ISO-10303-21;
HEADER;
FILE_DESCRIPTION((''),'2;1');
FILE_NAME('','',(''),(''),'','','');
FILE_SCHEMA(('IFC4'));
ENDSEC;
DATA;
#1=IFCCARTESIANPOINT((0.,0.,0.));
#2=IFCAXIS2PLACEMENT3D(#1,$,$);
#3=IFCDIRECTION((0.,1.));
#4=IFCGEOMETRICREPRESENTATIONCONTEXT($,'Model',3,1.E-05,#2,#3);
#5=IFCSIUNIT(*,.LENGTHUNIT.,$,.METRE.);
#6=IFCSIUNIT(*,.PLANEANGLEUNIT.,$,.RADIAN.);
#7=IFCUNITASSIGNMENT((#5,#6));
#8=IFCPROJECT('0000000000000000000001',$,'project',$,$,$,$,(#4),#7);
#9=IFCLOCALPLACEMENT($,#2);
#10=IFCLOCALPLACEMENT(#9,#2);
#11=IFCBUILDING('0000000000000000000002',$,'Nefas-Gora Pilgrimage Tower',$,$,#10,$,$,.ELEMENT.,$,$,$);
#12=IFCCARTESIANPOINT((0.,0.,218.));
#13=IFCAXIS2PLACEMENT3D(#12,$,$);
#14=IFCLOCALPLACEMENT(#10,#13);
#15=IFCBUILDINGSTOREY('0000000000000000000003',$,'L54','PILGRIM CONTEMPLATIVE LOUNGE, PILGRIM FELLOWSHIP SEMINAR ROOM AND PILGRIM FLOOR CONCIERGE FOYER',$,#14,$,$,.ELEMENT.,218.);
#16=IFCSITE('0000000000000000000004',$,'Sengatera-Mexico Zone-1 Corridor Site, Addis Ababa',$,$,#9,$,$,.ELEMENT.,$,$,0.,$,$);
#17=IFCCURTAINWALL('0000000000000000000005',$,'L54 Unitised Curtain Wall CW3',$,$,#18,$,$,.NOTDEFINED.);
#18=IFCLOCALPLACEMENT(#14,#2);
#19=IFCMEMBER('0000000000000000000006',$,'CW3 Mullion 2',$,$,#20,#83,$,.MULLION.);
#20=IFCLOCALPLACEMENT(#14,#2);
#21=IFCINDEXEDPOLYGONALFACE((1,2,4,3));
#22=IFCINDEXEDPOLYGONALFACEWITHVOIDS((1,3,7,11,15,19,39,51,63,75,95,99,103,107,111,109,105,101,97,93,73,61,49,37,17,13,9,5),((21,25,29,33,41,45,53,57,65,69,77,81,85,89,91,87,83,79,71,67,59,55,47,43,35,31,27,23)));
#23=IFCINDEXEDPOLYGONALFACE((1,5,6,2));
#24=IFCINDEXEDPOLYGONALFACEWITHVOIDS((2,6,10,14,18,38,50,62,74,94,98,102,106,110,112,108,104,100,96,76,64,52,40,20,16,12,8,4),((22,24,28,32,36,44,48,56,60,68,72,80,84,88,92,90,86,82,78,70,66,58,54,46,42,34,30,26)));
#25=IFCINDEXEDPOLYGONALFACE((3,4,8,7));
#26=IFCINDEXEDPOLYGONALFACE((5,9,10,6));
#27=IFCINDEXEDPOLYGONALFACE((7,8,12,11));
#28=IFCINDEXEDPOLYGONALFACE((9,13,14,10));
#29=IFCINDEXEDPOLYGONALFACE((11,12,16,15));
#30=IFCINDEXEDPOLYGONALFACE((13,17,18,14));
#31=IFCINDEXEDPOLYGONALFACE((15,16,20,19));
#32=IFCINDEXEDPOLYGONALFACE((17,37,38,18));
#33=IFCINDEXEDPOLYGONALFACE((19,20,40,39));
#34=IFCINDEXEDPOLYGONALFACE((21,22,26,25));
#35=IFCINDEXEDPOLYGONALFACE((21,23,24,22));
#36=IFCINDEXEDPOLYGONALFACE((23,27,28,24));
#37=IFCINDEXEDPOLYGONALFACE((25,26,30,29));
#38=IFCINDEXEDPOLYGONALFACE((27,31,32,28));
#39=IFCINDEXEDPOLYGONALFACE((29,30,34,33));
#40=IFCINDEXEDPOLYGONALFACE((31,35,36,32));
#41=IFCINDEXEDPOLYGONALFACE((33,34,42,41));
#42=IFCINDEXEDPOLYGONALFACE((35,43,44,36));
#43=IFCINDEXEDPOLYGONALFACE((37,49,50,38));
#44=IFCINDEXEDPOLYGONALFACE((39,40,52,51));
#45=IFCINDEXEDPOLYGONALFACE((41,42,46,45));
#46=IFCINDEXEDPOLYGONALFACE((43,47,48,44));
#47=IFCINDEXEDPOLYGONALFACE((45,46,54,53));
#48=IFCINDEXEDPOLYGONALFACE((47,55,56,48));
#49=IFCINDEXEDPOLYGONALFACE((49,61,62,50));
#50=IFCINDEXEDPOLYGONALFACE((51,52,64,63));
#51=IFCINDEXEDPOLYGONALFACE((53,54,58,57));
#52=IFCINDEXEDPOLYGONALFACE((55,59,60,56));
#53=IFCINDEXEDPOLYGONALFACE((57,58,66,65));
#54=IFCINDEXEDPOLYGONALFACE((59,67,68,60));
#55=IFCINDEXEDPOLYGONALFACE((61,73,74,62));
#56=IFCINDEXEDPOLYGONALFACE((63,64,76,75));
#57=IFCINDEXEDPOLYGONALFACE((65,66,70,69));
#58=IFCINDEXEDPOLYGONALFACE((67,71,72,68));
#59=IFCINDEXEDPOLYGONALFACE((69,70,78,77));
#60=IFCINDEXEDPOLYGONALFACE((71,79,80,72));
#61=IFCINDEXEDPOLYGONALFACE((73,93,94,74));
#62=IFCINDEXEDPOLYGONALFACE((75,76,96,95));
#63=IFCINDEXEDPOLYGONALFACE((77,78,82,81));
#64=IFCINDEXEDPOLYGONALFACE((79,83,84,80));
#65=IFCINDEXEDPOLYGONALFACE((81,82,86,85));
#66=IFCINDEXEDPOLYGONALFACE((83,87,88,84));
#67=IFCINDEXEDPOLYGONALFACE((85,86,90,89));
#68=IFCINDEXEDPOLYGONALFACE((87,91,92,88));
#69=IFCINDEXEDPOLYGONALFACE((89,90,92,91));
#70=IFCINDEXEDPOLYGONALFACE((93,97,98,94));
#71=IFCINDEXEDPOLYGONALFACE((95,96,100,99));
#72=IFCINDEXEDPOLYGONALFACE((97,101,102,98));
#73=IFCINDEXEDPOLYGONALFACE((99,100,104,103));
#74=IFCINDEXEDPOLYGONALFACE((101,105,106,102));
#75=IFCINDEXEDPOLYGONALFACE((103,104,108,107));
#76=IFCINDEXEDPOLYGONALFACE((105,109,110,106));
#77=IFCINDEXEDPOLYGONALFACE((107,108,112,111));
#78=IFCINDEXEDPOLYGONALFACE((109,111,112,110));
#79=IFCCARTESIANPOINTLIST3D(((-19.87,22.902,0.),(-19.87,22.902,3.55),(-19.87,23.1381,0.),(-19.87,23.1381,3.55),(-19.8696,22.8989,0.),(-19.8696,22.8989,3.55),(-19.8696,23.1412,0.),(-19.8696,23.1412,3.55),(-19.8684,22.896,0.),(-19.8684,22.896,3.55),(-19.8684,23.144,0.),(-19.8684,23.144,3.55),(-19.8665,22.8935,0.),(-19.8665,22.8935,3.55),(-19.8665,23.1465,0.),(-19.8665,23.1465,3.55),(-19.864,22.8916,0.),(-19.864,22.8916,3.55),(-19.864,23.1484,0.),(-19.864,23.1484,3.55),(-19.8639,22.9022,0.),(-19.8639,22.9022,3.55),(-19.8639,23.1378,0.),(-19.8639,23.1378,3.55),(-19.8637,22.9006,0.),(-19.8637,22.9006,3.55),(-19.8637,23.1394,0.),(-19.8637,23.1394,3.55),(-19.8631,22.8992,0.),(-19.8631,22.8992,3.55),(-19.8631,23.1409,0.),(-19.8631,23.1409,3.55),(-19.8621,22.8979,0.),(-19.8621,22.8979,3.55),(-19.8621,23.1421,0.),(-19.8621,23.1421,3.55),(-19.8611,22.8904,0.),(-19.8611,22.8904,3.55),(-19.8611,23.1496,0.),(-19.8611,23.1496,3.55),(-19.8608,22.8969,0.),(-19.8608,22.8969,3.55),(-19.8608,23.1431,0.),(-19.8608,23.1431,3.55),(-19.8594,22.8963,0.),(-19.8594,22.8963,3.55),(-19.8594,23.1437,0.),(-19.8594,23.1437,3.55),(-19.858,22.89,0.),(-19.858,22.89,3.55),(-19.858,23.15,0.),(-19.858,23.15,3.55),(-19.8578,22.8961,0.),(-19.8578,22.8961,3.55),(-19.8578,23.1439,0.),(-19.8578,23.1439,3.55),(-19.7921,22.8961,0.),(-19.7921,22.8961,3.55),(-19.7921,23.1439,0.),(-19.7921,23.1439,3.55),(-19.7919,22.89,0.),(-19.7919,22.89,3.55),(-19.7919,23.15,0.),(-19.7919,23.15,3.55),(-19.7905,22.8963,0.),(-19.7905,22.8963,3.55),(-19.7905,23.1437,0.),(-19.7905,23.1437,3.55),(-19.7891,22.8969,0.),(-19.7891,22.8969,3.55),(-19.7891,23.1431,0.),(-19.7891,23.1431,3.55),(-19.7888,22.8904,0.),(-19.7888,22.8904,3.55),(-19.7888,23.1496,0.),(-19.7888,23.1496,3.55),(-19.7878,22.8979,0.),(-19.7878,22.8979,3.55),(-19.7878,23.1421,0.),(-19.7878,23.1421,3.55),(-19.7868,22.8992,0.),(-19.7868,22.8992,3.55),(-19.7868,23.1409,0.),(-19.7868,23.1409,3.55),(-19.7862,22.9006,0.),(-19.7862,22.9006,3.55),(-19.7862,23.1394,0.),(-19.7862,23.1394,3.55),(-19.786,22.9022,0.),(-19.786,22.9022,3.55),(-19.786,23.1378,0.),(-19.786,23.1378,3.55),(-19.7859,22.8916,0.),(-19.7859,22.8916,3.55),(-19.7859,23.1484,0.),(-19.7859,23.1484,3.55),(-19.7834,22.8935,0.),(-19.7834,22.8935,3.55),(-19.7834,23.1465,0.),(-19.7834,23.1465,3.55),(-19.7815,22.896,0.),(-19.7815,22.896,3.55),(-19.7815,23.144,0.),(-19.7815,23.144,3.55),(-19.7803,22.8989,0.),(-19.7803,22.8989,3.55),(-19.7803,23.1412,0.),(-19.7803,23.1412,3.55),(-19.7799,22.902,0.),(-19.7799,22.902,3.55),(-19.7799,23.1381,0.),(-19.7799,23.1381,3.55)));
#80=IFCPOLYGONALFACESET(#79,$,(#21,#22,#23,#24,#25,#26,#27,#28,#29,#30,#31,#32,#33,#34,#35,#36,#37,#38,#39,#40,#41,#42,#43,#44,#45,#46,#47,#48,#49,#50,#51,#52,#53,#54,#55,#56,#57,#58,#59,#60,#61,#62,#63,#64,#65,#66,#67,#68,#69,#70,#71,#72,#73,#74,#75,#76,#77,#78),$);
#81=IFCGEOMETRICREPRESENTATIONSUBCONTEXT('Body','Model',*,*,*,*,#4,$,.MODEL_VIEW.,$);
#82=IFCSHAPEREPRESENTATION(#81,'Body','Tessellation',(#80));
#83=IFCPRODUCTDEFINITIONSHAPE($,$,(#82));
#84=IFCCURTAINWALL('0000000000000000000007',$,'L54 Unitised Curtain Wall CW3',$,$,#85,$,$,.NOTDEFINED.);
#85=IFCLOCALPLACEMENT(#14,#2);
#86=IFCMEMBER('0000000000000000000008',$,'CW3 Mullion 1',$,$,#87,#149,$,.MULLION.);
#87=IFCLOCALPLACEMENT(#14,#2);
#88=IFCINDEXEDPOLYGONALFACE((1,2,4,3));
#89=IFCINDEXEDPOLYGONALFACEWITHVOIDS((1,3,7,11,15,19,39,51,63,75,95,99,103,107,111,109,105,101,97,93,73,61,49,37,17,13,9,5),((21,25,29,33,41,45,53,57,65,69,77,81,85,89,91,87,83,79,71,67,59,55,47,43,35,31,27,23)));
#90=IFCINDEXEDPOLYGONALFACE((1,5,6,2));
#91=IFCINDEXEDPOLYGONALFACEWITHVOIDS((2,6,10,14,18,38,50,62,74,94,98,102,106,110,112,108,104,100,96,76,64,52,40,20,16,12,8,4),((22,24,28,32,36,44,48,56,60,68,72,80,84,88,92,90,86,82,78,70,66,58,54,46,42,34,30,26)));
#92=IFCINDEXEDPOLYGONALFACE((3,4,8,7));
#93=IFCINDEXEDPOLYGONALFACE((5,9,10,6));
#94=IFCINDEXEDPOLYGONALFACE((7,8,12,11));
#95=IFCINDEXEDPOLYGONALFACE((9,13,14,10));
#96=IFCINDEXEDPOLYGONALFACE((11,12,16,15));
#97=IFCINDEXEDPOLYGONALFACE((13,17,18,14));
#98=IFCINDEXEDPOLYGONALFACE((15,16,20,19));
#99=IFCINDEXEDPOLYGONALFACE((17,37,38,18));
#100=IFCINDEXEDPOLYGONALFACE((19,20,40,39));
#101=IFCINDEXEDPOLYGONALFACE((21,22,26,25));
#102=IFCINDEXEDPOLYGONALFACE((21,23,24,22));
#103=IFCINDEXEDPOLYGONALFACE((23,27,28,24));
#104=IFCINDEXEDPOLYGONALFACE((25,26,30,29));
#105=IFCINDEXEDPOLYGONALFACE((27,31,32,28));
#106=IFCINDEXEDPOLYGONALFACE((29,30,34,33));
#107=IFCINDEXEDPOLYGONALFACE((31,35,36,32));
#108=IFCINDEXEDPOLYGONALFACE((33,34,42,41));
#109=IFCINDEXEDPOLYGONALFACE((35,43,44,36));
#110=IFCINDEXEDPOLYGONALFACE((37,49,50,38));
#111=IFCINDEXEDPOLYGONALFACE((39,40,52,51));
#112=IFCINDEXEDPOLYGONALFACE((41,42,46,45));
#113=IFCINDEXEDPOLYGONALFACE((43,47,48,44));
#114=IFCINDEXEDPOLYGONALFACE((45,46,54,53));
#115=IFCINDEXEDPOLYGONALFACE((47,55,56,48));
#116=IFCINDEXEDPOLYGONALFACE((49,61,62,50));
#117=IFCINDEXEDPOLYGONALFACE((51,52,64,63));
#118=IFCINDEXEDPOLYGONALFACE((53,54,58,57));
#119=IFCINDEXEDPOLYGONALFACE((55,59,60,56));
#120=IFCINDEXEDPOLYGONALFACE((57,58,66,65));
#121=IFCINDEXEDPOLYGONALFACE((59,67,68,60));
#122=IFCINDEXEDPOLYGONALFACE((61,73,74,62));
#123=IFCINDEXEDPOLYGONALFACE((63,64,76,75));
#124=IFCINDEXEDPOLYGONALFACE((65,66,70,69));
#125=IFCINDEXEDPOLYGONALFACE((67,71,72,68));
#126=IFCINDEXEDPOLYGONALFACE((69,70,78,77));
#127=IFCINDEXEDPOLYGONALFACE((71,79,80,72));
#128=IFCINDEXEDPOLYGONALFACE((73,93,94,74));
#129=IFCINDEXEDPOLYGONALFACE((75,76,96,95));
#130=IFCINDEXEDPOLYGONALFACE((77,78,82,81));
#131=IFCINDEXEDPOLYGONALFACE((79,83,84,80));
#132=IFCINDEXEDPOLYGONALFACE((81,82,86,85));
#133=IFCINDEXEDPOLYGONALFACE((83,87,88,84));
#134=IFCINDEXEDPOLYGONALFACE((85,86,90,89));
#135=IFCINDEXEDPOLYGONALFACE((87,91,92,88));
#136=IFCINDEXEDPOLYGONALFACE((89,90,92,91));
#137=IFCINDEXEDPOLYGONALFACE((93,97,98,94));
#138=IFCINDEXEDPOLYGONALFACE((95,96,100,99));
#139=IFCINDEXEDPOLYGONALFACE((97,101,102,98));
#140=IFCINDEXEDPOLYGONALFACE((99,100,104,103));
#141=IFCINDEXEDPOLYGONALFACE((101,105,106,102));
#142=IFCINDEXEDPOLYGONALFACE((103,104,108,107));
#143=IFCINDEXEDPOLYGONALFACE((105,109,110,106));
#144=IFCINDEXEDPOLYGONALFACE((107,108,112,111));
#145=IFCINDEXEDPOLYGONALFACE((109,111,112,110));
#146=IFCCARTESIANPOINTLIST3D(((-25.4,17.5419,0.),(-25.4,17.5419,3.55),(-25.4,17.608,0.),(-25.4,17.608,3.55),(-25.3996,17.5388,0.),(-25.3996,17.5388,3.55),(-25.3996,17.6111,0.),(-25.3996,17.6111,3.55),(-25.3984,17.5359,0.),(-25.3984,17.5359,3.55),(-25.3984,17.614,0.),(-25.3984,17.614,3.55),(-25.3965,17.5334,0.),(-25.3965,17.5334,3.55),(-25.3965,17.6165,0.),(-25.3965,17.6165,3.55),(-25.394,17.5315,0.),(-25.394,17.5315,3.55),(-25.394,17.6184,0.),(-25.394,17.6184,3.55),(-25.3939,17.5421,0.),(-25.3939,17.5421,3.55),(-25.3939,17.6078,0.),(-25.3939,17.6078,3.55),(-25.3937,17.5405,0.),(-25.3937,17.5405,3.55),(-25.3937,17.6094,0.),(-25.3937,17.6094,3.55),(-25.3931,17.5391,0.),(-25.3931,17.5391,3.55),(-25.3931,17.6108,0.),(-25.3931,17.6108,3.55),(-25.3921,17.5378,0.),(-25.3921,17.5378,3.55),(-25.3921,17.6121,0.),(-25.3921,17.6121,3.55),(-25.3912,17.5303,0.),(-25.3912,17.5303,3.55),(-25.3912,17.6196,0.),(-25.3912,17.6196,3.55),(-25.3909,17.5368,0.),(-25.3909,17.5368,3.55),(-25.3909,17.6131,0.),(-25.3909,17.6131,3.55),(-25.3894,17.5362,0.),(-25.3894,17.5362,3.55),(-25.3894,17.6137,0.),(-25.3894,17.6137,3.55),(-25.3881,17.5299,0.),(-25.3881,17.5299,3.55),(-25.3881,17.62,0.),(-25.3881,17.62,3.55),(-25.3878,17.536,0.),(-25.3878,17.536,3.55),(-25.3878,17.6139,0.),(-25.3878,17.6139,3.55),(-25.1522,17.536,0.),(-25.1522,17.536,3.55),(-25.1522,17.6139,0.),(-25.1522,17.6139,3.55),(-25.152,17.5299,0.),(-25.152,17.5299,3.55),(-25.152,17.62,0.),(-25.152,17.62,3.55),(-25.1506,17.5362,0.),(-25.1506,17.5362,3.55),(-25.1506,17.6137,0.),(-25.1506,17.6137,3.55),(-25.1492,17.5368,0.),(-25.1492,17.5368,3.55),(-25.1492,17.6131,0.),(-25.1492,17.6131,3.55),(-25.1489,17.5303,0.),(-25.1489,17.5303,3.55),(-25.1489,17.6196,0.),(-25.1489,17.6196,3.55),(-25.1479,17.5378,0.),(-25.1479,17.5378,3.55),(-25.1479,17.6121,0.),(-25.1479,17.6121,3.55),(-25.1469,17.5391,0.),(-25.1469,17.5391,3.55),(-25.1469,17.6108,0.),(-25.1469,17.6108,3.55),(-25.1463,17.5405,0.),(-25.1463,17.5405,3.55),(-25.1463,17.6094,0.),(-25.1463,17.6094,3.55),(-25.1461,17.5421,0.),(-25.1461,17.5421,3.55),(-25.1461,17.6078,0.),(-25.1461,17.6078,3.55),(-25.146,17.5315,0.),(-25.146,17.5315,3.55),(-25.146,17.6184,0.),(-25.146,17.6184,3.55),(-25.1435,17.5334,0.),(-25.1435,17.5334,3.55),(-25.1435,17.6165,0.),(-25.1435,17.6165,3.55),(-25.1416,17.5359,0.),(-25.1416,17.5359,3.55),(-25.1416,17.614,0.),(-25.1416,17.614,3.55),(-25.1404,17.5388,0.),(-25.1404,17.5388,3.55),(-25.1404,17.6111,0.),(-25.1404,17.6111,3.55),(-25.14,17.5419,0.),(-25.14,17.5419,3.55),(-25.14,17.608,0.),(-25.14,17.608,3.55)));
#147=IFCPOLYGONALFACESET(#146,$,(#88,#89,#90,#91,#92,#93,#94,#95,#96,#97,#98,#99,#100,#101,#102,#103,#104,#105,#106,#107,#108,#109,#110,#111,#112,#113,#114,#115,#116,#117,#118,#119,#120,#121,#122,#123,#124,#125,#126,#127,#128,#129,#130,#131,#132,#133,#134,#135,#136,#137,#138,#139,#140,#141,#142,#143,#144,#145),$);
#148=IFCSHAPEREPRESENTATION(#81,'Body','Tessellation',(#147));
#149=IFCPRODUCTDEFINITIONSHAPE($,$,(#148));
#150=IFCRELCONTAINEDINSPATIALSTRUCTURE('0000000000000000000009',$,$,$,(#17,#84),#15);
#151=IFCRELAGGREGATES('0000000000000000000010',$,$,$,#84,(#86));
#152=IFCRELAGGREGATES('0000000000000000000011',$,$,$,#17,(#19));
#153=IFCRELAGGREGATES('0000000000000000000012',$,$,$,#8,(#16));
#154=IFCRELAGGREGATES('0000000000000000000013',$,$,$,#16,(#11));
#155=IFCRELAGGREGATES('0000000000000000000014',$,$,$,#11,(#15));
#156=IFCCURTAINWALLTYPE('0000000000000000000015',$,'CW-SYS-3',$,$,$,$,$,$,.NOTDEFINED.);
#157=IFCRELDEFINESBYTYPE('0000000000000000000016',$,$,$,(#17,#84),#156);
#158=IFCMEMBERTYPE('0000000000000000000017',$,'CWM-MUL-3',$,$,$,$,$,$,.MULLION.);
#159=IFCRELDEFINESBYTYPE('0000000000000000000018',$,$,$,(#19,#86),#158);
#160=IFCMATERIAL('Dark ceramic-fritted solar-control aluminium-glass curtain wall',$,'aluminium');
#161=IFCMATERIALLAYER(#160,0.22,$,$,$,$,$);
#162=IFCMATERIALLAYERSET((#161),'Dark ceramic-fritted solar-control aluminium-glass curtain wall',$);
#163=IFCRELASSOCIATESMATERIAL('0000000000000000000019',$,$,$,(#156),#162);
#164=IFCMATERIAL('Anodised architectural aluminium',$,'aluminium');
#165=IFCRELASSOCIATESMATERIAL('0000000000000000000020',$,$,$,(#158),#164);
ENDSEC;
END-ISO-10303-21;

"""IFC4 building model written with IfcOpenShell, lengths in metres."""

from ifc_helpers import new_model, si_unit, direction, frame, origin, origin_2d, place, context, subcontext, project, spatial, hollow_rectangle, extrude, source, transform, mapped, material, layer, layer_set, material_profile, profile_set, type_object, element, aggregate, save


model = new_model("IFC4")

# Units and contexts
model_context = context("Model", 3, precision=1e-05, world=origin(), true_north=direction((0.0, 1.0)))
body_context = subcontext(model_context, "Body", "Model", "MODEL_VIEW")
ifc_project = project(units=[si_unit("LENGTHUNIT", "METRE"), si_unit("PLANEANGLEUNIT", "RADIAN")], contexts=[model_context])

# Site, building, storey
site_placement = place(None, origin())
site = spatial("IfcSite", under=ifc_project, at=site_placement, Name="Sengatera-Mexico Zone-1 Corridor Site, Addis Ababa", CompositionType="ELEMENT", RefElevation=0.0)
building_placement = place(site_placement, origin())
building = spatial("IfcBuilding", under=site, at=building_placement, Name="Nefas-Gora Pilgrimage Tower", CompositionType="ELEMENT")
storey_placement = place(building_placement, frame((0.0, 0.0, 218.0)))
storey = spatial("IfcBuildingStorey", under=building, at=storey_placement, Name="L54", Description="PILGRIM CONTEMPLATIVE LOUNGE, PILGRIM FELLOWSHIP SEMINAR ROOM AND PILGRIM FLOOR CONCIERGE FOYER", CompositionType="ELEMENT", Elevation=218.0)

# Shared definitions
ifc_material_1 = material(Name="Dark ceramic-fritted solar-control aluminium-glass curtain wall", Category="aluminium")
ifc_material_2 = material(Name="Anodised architectural aluminium", Category="aluminium")

# Curtain walls, members
ifc_layer_1 = layer(ifc_material_1, 0.22)
ifc_layer_set_1 = layer_set([ifc_layer_1], Name="Dark ceramic-fritted solar-control aluminium-glass curtain wall")
curtain_wall_type_1 = type_object("IfcCurtainWallType", Name="CW-SYS-3", PredefinedType="NOTDEFINED", material=ifc_layer_set_1)
curtain_wall_1_placement = place(storey_placement, origin())
curtain_wall_1 = element("IfcCurtainWall", 1, at=curtain_wall_1_placement, inside=storey, type_object=curtain_wall_type_1, Name="L54 Unitised Curtain Wall CW3", PredefinedType="NOTDEFINED")
ifc_material_profile_1 = material_profile(ifc_material_2, hollow_rectangle(XDim=0.0901, YDim=0.26, WallThickness=0.0061, InnerFilletRadius=0.0061, OuterFilletRadius=0.012, at=origin_2d()), Name="ALU MULLION 90x260")
ifc_profile_set_1 = profile_set([ifc_material_profile_1], Name="Anodised architectural aluminium")
member_type_1 = type_object("IfcMemberType", Name="CWM-MUL-3", PredefinedType="MULLION", material=ifc_profile_set_1)
shared_shape_1 = source(origin(), body_context, "Body", "SweptSolid", [
    extrude(hollow_rectangle(XDim=0.0901, YDim=0.26, WallThickness=0.0061, InnerFilletRadius=0.0061, OuterFilletRadius=0.012, at=origin_2d()), origin(), (0.0, 0.0, 1.0), 3.55),
])
member_1_placement = place(storey_placement, frame((-19.825, 23.02, 0.0), z_axis=(0.0, 0.0, 1.0), x_axis=(-1.0, 0.0, 0.0)))
member_1 = element("IfcMember", 2, at=member_1_placement, type_object=member_type_1, Name="CW3 Mullion 2", PredefinedType="MULLION", context=body_context, shape_type="MappedRepresentation", body=[
    mapped(shared_shape_1, transform((0.0, 0.0, 0.0), x_axis=(1.0, 0.0, 0.0), y_axis=(0.0, 1.0, 0.0), z_axis=(0.0, 0.0, 1.0), scale=1.0)),
])
curtain_wall_2_placement = place(storey_placement, origin())
curtain_wall_2 = element("IfcCurtainWall", 3, at=curtain_wall_2_placement, inside=storey, type_object=curtain_wall_type_1, Name="L54 Unitised Curtain Wall CW3", PredefinedType="NOTDEFINED")
member_2_placement = place(storey_placement, frame((-25.27, 17.575, 0.0), z_axis=(0.0, 0.0, 1.0), x_axis=(0.0, -1.0, 0.0)))
member_2 = element("IfcMember", 4, at=member_2_placement, type_object=member_type_1, Name="CW3 Mullion 1", PredefinedType="MULLION", context=body_context, shape_type="MappedRepresentation", body=[
    mapped(shared_shape_1, transform((0.0, 0.0, 0.0), x_axis=(1.0, 0.0, 0.0), y_axis=(0.0, 1.0, 0.0), z_axis=(0.0, 0.0, 1.0), scale=1.0)),
])

aggregate(curtain_wall_2, [member_2])
aggregate(curtain_wall_1, [member_1])

save(model, "model.ifc")
